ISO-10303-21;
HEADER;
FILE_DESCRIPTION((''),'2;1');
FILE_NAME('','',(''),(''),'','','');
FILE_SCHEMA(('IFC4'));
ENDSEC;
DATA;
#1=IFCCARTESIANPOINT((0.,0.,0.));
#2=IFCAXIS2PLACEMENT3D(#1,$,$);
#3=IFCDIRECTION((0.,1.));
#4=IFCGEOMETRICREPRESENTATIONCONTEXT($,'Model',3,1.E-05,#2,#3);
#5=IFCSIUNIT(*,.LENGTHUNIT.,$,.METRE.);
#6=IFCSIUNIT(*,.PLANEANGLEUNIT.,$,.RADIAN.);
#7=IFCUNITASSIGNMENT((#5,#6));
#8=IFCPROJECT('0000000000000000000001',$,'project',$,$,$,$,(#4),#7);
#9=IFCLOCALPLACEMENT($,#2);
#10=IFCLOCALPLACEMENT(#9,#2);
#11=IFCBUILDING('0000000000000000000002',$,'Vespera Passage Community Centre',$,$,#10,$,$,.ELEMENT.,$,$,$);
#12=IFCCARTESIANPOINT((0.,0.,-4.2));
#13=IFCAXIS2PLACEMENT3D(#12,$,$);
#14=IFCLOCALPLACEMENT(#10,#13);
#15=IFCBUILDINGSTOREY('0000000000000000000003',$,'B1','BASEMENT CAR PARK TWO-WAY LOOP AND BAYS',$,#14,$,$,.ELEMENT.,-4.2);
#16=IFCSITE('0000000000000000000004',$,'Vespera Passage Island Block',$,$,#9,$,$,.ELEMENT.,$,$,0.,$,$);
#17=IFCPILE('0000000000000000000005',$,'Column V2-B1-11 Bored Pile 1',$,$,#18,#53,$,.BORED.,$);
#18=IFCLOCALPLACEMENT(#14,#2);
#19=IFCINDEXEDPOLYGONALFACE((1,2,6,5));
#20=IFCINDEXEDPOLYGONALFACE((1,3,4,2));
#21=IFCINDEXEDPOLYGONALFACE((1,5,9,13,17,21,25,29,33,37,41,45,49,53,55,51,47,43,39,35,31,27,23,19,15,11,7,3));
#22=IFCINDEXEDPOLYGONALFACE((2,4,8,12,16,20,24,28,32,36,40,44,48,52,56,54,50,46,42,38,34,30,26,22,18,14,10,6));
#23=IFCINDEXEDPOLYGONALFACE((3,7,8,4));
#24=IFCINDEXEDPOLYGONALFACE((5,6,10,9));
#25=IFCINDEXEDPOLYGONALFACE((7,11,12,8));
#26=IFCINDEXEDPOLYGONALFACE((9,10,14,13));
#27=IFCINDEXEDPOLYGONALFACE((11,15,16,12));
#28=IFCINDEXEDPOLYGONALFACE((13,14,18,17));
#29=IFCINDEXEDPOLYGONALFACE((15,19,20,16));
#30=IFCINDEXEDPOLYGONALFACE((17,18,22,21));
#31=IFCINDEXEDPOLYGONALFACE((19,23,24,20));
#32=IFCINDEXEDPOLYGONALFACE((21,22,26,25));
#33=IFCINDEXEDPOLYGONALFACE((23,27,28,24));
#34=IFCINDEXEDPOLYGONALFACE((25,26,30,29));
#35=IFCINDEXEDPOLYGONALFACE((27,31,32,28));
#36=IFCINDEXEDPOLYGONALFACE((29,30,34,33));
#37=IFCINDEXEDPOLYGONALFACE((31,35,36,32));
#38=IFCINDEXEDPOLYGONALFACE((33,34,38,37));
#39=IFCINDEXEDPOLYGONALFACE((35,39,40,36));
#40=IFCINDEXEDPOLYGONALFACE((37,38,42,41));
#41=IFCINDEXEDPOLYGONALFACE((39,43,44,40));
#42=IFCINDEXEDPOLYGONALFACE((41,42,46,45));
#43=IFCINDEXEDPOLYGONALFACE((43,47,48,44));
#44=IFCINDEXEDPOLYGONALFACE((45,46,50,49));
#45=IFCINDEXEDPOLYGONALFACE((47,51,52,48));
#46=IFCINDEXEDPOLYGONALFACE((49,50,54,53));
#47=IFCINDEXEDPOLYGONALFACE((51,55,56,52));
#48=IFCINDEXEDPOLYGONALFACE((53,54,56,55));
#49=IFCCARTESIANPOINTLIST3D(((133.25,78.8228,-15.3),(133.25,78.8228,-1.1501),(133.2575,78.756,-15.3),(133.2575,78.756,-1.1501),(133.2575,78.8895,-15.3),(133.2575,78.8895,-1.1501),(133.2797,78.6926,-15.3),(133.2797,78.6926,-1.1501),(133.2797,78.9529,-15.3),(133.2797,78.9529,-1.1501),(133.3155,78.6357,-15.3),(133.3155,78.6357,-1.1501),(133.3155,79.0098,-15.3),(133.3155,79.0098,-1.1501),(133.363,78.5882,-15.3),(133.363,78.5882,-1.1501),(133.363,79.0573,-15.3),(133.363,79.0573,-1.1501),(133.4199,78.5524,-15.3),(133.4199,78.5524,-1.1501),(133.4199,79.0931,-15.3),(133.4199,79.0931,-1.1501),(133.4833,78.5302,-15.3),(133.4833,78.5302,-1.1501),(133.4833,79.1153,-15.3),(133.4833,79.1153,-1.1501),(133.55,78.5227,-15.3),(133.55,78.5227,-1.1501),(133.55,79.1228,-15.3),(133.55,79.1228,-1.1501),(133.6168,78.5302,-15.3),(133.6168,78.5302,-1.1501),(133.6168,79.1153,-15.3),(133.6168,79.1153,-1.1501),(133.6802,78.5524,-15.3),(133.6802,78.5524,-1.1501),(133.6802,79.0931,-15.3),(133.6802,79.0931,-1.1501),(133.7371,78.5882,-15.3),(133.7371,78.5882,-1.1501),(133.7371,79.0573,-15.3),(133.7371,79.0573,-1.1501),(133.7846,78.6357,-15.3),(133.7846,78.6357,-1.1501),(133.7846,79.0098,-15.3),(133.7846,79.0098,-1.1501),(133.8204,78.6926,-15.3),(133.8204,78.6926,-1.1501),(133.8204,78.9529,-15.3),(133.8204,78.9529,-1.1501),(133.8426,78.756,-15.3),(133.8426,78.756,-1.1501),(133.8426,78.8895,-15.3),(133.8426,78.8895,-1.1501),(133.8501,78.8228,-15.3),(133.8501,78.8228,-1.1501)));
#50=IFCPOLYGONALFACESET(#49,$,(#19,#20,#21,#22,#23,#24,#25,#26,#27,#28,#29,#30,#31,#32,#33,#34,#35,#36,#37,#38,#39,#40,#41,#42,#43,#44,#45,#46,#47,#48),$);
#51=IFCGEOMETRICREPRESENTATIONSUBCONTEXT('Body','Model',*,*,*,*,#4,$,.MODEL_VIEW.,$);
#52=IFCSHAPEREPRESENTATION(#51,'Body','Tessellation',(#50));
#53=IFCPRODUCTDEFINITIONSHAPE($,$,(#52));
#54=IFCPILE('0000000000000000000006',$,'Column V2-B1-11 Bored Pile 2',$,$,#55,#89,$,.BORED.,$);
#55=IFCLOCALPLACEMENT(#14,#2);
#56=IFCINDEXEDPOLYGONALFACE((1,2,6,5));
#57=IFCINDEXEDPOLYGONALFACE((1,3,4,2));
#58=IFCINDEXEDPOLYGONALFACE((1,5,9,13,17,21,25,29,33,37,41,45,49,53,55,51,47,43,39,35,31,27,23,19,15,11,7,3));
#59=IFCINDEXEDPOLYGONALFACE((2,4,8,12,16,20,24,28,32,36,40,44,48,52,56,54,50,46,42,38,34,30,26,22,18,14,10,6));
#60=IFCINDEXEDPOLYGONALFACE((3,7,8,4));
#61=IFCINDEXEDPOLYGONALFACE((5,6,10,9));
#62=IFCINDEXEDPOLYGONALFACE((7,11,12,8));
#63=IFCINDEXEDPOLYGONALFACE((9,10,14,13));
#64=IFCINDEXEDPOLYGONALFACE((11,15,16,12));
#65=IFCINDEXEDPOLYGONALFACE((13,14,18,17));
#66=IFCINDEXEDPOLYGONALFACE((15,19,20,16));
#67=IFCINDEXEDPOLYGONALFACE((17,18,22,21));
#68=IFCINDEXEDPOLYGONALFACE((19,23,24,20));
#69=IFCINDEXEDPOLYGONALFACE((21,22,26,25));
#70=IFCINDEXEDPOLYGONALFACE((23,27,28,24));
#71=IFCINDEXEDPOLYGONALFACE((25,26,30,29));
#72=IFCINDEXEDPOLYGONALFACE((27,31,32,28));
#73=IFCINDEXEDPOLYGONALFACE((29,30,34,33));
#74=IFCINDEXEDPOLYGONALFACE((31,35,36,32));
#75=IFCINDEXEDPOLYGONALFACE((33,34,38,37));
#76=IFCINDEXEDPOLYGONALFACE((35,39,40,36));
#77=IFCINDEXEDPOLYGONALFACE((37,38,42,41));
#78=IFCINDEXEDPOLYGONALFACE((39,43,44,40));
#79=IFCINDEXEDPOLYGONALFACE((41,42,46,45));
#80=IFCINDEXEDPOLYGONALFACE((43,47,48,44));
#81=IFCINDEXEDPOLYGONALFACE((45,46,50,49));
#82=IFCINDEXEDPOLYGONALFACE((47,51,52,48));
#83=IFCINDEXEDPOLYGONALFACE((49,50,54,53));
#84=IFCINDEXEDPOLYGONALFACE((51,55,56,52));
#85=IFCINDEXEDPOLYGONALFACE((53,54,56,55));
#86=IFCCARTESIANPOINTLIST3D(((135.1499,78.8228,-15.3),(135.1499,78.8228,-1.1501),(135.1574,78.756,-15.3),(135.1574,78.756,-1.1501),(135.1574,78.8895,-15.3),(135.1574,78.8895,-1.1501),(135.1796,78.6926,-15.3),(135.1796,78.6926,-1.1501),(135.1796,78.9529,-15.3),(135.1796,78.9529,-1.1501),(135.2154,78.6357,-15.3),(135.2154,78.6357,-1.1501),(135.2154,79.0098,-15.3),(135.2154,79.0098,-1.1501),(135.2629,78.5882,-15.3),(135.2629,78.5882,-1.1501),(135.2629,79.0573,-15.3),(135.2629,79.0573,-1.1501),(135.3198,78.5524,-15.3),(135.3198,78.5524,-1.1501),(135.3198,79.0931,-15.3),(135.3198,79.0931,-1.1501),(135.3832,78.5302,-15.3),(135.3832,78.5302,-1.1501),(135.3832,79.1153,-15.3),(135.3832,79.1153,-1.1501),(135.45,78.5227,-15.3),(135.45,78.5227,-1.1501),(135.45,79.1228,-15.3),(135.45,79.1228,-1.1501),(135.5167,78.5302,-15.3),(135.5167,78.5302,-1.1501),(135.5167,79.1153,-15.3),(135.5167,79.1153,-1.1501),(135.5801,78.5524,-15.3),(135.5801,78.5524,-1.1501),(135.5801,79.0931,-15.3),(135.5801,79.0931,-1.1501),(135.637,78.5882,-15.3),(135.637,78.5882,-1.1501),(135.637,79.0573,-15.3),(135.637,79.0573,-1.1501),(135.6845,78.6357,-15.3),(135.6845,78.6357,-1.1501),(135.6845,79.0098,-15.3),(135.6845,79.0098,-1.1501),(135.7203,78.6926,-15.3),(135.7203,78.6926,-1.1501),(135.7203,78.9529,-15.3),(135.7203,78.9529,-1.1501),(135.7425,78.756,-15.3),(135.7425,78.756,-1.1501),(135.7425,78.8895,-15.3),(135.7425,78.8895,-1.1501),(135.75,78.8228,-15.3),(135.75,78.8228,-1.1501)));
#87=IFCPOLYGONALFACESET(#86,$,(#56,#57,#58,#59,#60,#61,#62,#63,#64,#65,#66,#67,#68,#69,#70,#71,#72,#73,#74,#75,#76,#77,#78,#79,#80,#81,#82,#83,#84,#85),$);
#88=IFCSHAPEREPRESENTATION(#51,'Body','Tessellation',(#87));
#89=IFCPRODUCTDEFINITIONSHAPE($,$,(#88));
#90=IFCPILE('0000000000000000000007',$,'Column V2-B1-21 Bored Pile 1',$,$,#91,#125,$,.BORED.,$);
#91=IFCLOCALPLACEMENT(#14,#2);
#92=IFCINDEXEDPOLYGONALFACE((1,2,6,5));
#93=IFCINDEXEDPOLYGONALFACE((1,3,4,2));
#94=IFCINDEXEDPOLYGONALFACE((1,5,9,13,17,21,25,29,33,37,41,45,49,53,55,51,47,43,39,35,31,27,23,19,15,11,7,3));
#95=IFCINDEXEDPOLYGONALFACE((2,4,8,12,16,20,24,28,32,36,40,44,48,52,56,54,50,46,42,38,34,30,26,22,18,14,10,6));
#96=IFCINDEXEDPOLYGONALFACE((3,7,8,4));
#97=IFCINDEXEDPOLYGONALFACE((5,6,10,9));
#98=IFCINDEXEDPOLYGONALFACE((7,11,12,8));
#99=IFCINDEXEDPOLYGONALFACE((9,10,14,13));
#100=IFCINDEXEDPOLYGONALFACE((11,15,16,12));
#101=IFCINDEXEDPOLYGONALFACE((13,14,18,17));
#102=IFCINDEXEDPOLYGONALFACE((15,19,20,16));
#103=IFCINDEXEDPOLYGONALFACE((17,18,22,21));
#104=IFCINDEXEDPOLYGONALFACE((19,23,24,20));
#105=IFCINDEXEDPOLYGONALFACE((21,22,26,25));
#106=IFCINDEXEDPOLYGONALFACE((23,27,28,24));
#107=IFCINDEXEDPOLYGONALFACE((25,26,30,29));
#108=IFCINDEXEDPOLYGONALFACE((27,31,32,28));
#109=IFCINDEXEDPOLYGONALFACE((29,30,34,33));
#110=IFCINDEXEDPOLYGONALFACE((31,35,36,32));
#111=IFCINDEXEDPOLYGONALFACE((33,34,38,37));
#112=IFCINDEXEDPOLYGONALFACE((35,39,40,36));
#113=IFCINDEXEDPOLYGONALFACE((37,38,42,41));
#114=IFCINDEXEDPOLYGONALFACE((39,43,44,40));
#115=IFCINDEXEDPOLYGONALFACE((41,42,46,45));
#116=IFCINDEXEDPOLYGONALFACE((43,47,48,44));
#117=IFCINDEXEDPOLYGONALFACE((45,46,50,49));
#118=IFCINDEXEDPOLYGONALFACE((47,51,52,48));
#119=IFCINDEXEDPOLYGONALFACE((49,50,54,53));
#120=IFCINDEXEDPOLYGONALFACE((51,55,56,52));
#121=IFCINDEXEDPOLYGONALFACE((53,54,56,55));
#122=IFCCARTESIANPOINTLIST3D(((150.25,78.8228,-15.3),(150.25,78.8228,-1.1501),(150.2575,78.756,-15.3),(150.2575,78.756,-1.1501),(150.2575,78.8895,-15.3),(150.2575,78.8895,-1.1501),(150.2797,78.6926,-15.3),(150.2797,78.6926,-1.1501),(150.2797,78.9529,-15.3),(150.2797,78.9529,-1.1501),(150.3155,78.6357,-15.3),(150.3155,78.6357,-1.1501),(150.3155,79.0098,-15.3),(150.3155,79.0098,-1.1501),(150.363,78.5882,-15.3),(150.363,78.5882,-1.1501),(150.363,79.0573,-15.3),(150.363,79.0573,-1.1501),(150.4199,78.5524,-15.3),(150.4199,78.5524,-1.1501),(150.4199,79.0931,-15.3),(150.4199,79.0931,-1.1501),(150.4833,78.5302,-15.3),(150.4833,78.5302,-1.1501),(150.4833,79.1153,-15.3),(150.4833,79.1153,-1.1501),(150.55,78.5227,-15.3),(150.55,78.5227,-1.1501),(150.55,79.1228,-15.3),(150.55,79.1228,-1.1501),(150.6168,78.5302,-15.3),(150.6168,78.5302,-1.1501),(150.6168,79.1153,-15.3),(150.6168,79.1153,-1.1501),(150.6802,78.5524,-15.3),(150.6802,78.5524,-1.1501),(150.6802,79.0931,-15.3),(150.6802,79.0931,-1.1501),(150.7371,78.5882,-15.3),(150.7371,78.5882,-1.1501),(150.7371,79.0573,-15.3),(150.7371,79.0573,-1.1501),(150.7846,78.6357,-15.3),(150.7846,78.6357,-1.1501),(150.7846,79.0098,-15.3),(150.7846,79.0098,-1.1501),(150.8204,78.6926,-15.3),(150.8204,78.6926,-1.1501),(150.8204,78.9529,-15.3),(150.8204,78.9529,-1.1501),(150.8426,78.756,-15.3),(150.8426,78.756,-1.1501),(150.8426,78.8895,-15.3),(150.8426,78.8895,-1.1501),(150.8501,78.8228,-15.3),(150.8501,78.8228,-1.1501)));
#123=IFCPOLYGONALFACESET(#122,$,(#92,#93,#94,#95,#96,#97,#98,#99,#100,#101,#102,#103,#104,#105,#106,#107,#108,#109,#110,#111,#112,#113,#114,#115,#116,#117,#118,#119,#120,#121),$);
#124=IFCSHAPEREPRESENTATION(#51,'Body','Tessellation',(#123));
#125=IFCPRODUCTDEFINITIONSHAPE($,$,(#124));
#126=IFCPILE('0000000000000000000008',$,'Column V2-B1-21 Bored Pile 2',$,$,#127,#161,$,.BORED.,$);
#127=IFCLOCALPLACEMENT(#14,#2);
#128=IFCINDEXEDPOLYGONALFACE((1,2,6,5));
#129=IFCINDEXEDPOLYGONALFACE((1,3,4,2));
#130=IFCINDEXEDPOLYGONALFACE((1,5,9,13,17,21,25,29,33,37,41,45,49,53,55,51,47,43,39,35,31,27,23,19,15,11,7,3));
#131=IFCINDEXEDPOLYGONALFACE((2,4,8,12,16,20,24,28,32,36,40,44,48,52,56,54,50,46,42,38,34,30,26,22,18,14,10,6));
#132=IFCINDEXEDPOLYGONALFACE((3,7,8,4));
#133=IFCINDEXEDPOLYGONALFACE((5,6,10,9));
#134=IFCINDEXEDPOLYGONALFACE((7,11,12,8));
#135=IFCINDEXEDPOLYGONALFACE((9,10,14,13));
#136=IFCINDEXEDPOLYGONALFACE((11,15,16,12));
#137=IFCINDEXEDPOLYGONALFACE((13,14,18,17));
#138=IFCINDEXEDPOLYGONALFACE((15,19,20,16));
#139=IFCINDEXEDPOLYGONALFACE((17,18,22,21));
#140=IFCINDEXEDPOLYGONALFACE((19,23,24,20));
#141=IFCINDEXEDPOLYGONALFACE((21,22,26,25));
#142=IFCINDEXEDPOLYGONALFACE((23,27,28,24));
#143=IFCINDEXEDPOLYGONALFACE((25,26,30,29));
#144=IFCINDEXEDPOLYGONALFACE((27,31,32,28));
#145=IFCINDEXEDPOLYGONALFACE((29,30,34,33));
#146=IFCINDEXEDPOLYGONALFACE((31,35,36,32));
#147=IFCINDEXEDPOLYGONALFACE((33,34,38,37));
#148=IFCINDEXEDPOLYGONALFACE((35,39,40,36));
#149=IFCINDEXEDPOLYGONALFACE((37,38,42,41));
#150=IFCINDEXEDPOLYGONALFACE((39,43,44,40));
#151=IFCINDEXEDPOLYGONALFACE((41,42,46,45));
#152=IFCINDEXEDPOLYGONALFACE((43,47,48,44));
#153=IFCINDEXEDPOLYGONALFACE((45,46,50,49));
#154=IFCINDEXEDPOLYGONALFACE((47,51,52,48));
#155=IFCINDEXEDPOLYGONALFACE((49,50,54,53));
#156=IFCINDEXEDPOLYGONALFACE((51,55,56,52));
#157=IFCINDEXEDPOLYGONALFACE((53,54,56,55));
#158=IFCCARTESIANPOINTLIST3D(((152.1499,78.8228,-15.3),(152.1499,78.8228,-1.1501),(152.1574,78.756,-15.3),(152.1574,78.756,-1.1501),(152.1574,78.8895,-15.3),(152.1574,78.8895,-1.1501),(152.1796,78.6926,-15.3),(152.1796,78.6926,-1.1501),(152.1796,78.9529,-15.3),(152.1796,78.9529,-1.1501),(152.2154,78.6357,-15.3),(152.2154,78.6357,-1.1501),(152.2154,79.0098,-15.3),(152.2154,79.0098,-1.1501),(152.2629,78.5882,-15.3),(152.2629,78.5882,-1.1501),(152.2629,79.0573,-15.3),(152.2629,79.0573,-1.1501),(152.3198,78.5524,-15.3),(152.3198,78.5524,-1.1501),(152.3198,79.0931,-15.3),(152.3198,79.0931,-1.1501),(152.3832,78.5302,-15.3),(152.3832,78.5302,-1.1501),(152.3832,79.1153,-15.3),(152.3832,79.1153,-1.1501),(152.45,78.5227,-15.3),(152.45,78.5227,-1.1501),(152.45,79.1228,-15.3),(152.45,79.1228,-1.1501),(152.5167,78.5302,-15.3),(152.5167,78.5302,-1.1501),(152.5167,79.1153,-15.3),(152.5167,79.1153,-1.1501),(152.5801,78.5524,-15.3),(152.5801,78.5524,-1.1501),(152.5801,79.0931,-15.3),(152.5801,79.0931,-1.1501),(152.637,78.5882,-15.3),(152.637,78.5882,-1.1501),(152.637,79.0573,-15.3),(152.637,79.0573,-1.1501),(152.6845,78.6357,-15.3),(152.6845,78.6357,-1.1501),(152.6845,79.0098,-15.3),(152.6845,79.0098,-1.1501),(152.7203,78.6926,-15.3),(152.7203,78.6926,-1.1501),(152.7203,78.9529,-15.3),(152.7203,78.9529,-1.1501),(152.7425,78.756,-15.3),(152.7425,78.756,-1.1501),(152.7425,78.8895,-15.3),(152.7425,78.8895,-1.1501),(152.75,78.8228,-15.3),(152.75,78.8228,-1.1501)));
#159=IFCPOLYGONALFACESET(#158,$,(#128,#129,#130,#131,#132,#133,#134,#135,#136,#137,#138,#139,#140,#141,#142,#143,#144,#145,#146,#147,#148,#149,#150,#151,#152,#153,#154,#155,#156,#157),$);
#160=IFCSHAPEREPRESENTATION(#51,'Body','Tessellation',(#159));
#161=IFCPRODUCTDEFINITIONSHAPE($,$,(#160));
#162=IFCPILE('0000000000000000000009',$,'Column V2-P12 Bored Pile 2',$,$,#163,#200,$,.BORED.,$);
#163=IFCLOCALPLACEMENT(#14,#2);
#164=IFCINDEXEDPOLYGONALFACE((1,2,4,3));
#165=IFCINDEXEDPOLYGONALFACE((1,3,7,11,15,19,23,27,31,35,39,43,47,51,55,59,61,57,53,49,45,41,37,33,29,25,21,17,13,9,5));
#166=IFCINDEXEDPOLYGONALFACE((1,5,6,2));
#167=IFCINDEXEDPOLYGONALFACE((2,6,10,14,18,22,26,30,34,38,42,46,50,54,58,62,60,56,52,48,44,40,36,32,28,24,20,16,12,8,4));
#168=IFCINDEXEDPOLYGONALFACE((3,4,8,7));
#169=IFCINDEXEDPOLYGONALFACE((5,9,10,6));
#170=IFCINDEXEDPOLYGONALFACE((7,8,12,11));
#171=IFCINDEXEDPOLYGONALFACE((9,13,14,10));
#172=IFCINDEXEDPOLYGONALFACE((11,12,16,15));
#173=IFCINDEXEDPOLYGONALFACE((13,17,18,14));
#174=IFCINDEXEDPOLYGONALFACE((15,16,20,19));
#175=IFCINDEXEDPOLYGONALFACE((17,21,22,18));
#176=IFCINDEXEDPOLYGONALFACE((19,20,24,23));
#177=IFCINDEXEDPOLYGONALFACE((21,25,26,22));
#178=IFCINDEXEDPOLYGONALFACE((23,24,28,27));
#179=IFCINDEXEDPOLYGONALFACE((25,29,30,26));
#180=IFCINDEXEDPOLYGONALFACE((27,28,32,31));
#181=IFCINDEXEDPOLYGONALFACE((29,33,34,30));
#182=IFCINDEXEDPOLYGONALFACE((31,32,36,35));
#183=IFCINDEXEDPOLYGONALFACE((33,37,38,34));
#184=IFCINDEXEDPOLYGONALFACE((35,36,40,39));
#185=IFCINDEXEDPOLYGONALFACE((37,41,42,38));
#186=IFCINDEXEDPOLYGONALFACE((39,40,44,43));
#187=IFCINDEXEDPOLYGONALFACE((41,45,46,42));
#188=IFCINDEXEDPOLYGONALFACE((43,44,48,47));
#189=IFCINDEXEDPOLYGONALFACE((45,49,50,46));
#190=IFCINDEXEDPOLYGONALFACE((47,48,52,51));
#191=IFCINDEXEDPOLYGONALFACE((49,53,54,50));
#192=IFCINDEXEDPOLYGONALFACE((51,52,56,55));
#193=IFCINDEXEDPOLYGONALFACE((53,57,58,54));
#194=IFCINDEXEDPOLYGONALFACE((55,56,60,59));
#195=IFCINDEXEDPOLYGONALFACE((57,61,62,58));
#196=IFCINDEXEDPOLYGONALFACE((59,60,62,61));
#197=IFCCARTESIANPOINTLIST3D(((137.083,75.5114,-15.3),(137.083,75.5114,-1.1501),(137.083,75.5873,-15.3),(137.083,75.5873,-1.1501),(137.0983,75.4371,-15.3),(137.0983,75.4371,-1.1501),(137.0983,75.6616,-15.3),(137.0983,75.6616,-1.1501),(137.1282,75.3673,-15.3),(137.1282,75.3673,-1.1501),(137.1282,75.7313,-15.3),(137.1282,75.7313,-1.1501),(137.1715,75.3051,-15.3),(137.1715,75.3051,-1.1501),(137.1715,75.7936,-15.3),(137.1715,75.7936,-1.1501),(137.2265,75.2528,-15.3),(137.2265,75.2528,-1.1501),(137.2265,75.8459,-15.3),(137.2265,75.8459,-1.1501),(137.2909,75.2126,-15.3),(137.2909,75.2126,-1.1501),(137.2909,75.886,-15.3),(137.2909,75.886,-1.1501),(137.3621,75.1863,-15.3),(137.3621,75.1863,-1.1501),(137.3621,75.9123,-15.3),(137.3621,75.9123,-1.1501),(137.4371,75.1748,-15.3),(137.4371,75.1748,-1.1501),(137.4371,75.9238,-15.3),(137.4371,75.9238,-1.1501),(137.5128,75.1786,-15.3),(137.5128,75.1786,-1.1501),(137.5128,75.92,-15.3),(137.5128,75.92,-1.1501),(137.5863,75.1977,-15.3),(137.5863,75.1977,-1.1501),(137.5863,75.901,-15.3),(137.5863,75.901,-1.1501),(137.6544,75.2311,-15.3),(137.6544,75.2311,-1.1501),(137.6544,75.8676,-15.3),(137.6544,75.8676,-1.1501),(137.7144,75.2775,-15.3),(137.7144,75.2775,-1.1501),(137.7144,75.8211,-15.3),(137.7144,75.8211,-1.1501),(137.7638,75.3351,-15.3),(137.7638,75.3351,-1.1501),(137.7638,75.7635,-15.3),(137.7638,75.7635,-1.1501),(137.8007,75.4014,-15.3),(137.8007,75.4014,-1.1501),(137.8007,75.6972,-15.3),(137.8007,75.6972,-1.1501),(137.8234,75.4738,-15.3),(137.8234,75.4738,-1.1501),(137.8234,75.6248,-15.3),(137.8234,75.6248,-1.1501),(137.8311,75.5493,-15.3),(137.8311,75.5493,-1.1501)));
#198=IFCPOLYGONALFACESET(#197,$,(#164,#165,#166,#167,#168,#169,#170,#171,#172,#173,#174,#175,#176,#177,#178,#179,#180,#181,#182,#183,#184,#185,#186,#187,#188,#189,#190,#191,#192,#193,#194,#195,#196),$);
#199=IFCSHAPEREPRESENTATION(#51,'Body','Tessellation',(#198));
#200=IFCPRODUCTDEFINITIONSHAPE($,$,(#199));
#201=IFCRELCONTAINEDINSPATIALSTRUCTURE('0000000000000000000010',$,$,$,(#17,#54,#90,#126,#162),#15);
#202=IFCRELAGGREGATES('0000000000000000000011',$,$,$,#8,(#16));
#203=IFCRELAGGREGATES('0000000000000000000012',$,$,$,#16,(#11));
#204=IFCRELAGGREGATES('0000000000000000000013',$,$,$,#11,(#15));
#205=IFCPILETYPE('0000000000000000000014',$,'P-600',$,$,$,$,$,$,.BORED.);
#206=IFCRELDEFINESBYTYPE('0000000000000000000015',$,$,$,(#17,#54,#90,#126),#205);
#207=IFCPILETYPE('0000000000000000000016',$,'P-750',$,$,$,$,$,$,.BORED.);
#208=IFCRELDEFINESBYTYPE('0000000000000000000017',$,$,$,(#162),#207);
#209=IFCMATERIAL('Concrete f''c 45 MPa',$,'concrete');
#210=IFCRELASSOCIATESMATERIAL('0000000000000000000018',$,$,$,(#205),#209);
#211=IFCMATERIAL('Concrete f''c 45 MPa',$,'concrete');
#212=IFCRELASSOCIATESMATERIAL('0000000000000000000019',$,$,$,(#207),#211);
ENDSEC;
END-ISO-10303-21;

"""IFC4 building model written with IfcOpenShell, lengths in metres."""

from ifc_helpers import new_model, si_unit, direction, frame, origin, origin_2d, place, context, subcontext, project, spatial, circle, extrude, material, material_profile, profile_set, type_object, element, save


model = new_model("IFC4")

# Units and contexts
model_context = context("Model", 3, precision=1e-05, world=origin(), true_north=direction((0.0, 1.0)))
body_context = subcontext(model_context, "Body", "Model", "MODEL_VIEW")
ifc_project = project(units=[si_unit("LENGTHUNIT", "METRE"), si_unit("PLANEANGLEUNIT", "RADIAN")], contexts=[model_context])

# Site, building, storey
site_placement = place(None, origin())
site = spatial("IfcSite", under=ifc_project, at=site_placement, Name="Vespera Passage Island Block", CompositionType="ELEMENT", RefElevation=0.0)
building_placement = place(site_placement, origin())
building = spatial("IfcBuilding", under=site, at=building_placement, Name="Vespera Passage Community Centre", CompositionType="ELEMENT")
storey_placement = place(building_placement, frame((0.0, 0.0, -4.2)))
storey = spatial("IfcBuildingStorey", under=building, at=storey_placement, Name="B1", Description="BASEMENT CAR PARK TWO-WAY LOOP AND BAYS", CompositionType="ELEMENT", Elevation=-4.2)

# Piles
ifc_material_1 = material(Name="Concrete f'c 45 MPa", Category="concrete")
ifc_material_profile_1 = material_profile(ifc_material_1, circle(Radius=0.3, at=origin_2d()), Name="PILE600DIA")
ifc_profile_set_1 = profile_set([ifc_material_profile_1], Name="Concrete f'c 45 MPa")
pile_type_1 = type_object("IfcPileType", Name="P-600", PredefinedType="BORED", material=ifc_profile_set_1)
for number, where, z_axis, x_axis, name in (
    (1, (133.55, 78.8228, -1.1501), (0.0, 0.0, -1.0), (1.0, 0.0, 0.0), "Column V2-B1-11 Bored Pile 1"),
    (2, (135.45, 78.8228, -1.1501), (0.0, 0.0, -1.0), (1.0, 0.0, 0.0), "Column V2-B1-11 Bored Pile 2"),
    (3, (150.55, 78.8228, -1.1501), (0.0, 0.0, -1.0), (1.0, 0.0, 0.0), "Column V2-B1-21 Bored Pile 1"),
    (4, (152.45, 78.8228, -1.1501), (0.0, 0.0, -1.0), (1.0, 0.0, 0.0), "Column V2-B1-21 Bored Pile 2"),
):
    element("IfcPile", number, at=place(storey_placement, frame(where, z_axis=z_axis, x_axis=x_axis)), inside=storey, type_object=pile_type_1, Name=name, PredefinedType="BORED", context=body_context, shape_type="SweptSolid", body=[
        extrude(circle(Radius=0.3, at=origin_2d()), origin(), (0.0, 0.0, 1.0), 14.1499),
    ])
ifc_material_2 = material(Name="Concrete f'c 45 MPa", Category="concrete")
ifc_material_profile_2 = material_profile(ifc_material_2, circle(Radius=0.375, at=origin_2d()), Name="PILE750DIA")
ifc_profile_set_2 = profile_set([ifc_material_profile_2], Name="Concrete f'c 45 MPa")
pile_type_2 = type_object("IfcPileType", Name="P-750", PredefinedType="BORED", material=ifc_profile_set_2)
for number, where, z_axis, x_axis, name in (
    (5, (137.4561, 75.5493, -1.1501), (0.0, 0.0, -1.0), (1.0, 0.0, 0.0), "Column V2-P12 Bored Pile 2"),
):
    element("IfcPile", number, at=place(storey_placement, frame(where, z_axis=z_axis, x_axis=x_axis)), inside=storey, type_object=pile_type_2, Name=name, PredefinedType="BORED", context=body_context, shape_type="SweptSolid", body=[
        extrude(circle(Radius=0.375, at=origin_2d()), origin(), (0.0, 0.0, 1.0), 14.1499),
    ])

save(model, "model.ifc")
